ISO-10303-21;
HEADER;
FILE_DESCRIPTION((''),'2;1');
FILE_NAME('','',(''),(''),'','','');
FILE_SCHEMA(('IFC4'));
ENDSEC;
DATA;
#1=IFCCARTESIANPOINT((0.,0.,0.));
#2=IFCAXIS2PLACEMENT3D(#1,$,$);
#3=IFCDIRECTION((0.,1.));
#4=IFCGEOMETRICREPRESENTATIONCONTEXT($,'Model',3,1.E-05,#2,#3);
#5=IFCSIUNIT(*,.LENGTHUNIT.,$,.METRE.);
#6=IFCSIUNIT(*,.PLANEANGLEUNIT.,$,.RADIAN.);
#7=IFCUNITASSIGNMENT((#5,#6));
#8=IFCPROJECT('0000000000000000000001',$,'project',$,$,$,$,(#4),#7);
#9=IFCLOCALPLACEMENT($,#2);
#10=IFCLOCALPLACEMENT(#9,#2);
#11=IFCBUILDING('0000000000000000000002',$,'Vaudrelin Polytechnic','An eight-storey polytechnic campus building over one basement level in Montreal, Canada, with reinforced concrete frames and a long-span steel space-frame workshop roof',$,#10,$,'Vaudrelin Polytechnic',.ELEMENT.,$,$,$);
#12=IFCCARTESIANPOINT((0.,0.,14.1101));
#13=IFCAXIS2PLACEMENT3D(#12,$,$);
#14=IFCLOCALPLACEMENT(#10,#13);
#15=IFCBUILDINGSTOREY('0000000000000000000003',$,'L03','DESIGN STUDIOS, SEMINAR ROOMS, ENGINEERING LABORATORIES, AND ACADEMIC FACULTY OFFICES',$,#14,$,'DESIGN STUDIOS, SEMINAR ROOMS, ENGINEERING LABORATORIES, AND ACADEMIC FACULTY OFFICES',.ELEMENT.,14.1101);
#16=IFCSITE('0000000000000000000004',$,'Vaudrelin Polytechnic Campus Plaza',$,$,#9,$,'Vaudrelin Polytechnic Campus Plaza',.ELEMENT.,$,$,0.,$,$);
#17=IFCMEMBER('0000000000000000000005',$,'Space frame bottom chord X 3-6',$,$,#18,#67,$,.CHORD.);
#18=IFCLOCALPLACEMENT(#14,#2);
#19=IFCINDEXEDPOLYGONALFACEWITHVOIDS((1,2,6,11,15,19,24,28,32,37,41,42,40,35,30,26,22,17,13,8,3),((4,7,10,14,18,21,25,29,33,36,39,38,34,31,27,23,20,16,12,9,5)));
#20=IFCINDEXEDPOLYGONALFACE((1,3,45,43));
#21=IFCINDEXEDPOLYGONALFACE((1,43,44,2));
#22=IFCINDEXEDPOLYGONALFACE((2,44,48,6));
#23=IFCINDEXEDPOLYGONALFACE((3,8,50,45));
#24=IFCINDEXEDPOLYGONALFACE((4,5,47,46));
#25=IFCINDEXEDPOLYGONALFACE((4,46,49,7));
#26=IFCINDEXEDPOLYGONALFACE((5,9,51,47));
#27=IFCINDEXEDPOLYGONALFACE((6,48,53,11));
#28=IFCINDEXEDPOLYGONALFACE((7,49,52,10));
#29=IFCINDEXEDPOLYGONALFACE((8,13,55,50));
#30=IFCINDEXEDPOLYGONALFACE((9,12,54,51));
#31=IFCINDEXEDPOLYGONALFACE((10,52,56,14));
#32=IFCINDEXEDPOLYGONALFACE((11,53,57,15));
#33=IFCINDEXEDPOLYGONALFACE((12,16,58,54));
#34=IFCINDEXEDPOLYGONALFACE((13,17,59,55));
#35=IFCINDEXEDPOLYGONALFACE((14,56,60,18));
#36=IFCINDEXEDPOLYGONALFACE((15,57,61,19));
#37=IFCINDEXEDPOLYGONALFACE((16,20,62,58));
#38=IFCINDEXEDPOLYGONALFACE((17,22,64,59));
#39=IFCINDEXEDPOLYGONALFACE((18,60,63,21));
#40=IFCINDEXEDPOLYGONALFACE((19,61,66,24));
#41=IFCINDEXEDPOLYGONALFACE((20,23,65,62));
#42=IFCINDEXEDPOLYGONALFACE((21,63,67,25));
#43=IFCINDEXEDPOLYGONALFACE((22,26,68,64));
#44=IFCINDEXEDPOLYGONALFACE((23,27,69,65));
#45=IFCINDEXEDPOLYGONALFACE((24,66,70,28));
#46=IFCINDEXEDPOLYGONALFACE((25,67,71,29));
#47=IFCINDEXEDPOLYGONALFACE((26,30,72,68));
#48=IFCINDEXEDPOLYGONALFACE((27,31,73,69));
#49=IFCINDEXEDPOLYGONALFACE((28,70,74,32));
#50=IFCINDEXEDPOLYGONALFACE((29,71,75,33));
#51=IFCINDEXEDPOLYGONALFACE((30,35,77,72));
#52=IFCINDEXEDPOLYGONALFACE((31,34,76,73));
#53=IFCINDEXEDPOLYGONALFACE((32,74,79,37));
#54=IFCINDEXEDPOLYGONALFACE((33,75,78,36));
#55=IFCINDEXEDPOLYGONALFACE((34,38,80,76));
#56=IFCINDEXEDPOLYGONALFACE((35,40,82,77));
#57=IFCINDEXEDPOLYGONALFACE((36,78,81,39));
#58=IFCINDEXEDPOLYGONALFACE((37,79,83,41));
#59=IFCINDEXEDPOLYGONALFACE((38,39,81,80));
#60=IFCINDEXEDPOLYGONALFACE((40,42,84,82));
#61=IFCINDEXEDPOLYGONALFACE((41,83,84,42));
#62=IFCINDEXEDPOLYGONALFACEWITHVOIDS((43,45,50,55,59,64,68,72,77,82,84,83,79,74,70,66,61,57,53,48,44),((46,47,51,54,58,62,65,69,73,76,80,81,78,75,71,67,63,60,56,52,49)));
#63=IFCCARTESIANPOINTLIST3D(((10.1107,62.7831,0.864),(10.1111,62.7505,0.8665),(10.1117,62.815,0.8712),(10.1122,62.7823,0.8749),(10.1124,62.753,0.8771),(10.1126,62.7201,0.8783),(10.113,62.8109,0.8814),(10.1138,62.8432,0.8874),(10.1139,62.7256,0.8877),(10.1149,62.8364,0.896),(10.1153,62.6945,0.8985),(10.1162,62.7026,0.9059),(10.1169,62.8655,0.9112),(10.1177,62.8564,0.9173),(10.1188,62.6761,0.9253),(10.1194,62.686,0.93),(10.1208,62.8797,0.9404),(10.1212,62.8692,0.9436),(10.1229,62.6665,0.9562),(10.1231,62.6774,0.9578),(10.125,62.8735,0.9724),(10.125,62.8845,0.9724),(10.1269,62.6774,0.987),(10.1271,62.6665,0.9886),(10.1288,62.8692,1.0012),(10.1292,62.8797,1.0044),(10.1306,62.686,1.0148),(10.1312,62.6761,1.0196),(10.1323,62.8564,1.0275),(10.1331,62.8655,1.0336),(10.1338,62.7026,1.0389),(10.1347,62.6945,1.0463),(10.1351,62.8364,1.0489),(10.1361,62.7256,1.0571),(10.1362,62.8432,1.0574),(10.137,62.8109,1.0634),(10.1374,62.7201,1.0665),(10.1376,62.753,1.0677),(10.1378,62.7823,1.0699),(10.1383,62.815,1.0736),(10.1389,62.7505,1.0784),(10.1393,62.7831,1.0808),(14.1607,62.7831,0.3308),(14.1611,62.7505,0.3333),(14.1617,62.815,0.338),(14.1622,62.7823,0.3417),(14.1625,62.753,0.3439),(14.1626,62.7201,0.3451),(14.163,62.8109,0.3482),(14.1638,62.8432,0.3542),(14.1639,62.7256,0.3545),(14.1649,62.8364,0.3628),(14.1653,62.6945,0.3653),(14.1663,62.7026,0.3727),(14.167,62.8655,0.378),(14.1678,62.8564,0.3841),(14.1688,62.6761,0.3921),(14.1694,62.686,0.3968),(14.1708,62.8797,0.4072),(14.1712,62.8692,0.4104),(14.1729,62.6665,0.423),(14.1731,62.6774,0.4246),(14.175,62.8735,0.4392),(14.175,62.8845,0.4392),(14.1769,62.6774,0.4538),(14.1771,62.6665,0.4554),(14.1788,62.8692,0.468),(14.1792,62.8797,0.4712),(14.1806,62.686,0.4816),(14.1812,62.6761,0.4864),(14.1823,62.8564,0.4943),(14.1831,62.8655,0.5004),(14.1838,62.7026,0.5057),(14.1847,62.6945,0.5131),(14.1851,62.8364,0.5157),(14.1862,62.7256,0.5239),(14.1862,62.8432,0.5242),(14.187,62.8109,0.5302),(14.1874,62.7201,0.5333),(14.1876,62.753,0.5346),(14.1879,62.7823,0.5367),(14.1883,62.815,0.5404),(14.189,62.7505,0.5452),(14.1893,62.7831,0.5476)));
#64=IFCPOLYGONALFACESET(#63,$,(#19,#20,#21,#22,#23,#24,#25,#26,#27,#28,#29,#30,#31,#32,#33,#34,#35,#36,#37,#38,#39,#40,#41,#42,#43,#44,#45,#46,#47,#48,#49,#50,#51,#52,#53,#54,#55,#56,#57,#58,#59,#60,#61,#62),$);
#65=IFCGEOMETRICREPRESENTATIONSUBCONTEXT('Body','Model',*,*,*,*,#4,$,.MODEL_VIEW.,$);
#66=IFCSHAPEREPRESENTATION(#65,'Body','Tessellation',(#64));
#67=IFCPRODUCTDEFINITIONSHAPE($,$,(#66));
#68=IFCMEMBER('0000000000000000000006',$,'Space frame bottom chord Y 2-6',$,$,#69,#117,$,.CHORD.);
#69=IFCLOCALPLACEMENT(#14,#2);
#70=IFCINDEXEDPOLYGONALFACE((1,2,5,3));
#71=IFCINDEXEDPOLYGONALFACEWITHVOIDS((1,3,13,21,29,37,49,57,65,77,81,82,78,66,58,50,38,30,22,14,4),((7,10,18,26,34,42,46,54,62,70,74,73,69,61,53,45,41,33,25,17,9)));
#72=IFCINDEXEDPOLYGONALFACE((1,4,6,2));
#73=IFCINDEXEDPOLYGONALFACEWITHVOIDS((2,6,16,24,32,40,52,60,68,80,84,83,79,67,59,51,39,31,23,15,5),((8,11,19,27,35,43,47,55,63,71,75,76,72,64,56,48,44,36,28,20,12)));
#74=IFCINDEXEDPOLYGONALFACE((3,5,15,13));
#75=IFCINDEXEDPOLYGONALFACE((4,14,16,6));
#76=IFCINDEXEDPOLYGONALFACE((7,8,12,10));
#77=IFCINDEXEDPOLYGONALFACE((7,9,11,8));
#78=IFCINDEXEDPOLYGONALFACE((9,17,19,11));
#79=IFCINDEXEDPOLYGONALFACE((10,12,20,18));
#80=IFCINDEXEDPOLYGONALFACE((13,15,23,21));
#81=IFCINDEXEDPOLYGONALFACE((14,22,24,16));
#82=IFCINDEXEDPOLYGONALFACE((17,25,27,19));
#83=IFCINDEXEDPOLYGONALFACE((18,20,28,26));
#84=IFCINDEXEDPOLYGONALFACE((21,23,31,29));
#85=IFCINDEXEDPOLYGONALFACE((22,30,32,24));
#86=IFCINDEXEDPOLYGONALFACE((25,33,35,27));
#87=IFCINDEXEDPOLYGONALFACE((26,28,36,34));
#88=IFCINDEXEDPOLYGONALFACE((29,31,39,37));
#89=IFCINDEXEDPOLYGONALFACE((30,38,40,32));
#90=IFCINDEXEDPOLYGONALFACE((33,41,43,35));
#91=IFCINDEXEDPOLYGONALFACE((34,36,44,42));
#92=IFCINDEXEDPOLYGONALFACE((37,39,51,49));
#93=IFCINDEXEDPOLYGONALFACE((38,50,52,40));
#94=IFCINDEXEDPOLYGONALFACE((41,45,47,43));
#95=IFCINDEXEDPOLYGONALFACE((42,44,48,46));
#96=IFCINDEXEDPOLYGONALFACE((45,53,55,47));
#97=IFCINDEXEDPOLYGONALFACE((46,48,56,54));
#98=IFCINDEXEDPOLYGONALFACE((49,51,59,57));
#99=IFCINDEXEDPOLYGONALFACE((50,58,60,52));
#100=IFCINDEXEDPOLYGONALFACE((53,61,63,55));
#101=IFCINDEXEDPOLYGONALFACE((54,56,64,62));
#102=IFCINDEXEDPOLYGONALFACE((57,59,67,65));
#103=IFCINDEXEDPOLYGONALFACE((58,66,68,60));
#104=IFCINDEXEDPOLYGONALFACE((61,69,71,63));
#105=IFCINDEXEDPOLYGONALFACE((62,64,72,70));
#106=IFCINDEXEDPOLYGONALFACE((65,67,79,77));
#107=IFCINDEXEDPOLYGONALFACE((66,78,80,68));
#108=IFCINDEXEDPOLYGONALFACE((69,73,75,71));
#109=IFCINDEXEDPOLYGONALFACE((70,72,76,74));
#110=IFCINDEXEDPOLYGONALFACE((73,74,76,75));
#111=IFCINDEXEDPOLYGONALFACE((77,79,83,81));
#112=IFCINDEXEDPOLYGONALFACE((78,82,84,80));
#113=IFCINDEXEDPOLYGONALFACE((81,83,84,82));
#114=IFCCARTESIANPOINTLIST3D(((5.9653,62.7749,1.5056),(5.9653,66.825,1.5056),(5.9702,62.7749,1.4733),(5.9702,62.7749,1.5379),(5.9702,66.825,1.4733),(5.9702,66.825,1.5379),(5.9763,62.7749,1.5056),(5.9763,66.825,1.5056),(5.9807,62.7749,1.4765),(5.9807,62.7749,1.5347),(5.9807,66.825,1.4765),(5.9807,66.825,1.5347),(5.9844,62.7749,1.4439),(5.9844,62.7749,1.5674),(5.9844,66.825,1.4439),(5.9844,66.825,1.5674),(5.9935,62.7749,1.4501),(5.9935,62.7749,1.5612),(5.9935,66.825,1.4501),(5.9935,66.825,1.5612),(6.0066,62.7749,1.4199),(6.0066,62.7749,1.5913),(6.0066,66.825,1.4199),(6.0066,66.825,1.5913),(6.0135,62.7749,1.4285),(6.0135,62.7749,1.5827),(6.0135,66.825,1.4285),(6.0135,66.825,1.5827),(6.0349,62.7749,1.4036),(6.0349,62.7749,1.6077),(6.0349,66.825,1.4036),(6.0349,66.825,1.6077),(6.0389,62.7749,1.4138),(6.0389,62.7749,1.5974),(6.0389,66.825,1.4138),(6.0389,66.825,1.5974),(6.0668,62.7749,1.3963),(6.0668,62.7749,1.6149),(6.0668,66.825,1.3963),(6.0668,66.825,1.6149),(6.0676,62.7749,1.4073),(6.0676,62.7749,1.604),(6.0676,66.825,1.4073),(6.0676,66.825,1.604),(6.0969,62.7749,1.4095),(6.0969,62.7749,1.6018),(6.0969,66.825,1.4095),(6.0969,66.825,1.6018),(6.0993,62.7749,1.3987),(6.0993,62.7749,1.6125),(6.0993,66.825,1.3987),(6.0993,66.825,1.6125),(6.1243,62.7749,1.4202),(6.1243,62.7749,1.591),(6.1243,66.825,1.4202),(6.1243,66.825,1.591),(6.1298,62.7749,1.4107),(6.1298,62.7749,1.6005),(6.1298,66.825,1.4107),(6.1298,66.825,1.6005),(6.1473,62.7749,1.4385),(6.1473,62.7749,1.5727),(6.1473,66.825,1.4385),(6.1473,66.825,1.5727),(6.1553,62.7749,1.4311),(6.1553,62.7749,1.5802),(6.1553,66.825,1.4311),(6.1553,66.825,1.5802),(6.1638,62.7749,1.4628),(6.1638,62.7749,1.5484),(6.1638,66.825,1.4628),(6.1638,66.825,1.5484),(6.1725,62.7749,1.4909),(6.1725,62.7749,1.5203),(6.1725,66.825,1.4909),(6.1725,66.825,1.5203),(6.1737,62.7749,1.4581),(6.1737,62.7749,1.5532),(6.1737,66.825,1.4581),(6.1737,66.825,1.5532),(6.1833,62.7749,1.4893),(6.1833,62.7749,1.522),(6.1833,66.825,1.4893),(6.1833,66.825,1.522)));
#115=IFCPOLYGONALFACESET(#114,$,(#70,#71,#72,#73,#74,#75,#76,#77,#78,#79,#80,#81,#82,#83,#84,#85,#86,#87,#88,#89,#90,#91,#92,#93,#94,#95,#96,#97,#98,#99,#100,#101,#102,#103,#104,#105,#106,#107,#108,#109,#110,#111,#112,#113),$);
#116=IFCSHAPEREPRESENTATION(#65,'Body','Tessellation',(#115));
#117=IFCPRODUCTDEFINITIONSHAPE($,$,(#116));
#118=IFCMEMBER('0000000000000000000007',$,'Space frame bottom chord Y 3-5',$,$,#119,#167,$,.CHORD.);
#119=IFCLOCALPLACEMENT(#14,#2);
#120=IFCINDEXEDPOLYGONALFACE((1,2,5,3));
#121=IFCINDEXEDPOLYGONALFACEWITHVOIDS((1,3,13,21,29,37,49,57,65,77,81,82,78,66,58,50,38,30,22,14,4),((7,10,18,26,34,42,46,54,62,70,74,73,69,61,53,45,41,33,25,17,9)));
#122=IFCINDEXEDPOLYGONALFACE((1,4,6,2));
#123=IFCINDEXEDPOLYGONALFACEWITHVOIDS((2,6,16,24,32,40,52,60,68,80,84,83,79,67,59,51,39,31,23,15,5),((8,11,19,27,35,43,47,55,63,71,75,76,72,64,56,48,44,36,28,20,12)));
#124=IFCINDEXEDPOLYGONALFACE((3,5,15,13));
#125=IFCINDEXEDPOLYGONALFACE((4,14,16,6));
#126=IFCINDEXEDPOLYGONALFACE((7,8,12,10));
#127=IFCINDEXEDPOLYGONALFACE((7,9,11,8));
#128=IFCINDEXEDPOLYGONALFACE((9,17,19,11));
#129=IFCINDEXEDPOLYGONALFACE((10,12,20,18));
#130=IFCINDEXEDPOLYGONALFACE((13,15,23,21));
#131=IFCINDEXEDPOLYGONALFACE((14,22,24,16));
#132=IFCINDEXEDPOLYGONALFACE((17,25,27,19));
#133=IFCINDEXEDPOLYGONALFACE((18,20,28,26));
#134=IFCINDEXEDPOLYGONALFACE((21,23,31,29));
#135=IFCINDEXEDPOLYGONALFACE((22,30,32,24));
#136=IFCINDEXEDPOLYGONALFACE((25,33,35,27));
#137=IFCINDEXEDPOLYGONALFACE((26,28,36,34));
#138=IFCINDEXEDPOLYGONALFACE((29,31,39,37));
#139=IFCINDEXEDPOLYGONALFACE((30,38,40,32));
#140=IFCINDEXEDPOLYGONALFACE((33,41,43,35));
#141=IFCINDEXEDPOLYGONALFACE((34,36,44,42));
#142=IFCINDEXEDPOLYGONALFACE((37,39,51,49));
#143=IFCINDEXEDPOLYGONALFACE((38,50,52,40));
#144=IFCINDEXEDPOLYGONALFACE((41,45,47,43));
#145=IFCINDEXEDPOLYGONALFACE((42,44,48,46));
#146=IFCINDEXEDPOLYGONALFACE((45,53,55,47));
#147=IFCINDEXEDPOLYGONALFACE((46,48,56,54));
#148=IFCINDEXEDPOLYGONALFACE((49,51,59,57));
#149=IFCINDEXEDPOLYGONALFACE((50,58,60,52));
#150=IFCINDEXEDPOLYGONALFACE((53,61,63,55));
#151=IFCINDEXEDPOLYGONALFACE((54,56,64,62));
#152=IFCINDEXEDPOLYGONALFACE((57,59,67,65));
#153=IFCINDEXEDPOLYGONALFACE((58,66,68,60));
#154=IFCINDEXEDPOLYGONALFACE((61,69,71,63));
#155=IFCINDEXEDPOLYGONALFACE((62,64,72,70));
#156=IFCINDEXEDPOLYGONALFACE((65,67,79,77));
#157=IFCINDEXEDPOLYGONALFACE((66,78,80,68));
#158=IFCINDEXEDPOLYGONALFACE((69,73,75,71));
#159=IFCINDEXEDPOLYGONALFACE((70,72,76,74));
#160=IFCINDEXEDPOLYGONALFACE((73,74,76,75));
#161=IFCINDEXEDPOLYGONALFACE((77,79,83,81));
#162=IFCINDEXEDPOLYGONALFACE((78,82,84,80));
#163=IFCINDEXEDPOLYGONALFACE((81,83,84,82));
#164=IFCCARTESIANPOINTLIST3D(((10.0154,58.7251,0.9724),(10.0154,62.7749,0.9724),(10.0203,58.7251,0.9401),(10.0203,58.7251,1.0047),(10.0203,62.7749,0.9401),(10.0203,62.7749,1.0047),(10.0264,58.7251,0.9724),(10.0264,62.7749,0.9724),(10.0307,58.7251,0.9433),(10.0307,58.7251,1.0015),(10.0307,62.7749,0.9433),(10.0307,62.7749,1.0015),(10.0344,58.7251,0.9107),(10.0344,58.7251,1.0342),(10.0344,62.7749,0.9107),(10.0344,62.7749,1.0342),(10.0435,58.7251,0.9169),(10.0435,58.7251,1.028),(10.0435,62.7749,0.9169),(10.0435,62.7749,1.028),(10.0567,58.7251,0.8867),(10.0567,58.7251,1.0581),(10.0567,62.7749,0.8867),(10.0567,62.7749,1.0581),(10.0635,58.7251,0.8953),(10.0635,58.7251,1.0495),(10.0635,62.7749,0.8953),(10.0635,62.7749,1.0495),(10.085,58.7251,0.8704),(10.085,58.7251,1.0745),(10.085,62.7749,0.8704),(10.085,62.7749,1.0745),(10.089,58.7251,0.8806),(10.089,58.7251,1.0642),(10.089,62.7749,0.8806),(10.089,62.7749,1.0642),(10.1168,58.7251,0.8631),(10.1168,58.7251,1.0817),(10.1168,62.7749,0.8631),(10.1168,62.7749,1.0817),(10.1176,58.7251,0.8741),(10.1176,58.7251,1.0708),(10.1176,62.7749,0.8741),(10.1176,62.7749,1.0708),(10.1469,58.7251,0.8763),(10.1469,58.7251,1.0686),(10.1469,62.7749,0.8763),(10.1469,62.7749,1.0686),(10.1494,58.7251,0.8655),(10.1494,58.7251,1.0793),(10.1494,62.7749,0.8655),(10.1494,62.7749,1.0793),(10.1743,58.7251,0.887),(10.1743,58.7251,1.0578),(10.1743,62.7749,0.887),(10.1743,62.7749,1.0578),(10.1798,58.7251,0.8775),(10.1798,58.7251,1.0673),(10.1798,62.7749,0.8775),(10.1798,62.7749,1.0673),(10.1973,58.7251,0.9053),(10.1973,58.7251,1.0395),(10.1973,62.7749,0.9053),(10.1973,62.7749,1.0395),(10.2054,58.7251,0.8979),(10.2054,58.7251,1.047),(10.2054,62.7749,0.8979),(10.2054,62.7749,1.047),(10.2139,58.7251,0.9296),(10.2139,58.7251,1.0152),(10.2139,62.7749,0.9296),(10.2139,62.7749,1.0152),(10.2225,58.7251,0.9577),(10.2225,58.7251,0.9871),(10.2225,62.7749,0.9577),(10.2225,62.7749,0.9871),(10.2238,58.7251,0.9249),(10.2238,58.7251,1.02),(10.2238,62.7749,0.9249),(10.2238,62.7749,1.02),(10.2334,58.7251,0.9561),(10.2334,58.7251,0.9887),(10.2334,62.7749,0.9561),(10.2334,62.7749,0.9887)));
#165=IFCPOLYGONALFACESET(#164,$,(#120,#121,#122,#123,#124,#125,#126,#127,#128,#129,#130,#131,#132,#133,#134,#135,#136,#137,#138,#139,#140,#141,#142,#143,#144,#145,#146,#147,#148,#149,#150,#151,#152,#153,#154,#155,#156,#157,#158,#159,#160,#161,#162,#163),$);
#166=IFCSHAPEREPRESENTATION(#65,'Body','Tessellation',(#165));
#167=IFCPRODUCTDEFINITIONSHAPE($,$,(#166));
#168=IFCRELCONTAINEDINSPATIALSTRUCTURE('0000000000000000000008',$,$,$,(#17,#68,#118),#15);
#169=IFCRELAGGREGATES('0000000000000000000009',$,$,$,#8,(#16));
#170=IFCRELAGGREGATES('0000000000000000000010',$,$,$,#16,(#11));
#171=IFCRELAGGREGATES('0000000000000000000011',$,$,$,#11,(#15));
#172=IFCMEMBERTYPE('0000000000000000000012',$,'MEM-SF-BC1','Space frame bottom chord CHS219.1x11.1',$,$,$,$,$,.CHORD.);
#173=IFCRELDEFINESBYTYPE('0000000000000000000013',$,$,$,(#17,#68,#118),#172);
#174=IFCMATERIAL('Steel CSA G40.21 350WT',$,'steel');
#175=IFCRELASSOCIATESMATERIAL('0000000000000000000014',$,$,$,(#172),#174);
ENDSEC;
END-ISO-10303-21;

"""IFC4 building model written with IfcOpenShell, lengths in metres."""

from ifc_helpers import new_model, si_unit, direction, frame, origin, origin_2d, place, context, subcontext, project, spatial, hollow_circle, extrude, material, material_profile, profile_set, type_object, element, save


model = new_model("IFC4")

# Units and contexts
model_context = context("Model", 3, precision=1e-05, world=origin(), true_north=direction((0.0, 1.0)))
body_context = subcontext(model_context, "Body", "Model", "MODEL_VIEW")
ifc_project = project(units=[si_unit("LENGTHUNIT", "METRE"), si_unit("PLANEANGLEUNIT", "RADIAN")], contexts=[model_context])

# Site, building, storey
site_placement = place(None, origin())
site = spatial("IfcSite", under=ifc_project, at=site_placement, Name="Vaudrelin Polytechnic Campus Plaza", LongName="Vaudrelin Polytechnic Campus Plaza", CompositionType="ELEMENT", RefElevation=0.0)
building_placement = place(site_placement, origin())
building = spatial("IfcBuilding", under=site, at=building_placement, Name="Vaudrelin Polytechnic", Description="An eight-storey polytechnic campus building over one basement level in Montreal, Canada, with reinforced concrete frames and a long-span steel space-frame workshop roof", LongName="Vaudrelin Polytechnic", CompositionType="ELEMENT")
storey_placement = place(building_placement, frame((0.0, 0.0, 14.1101)))
storey = spatial("IfcBuildingStorey", under=building, at=storey_placement, Name="L03", Description="DESIGN STUDIOS, SEMINAR ROOMS, ENGINEERING LABORATORIES, AND ACADEMIC FACULTY OFFICES", LongName="DESIGN STUDIOS, SEMINAR ROOMS, ENGINEERING LABORATORIES, AND ACADEMIC FACULTY OFFICES", CompositionType="ELEMENT", Elevation=14.1101)

# Members
ifc_material = material(Name="Steel CSA G40.21 350WT", Category="steel")
ifc_material_profile_1 = material_profile(ifc_material, hollow_circle(Radius=0.1096, WallThickness=0.011, at=origin_2d()), Name="CHS219.1x11.1")
ifc_profile_set_1 = profile_set([ifc_material_profile_1], Name="Steel CSA G40.21 350WT")
member_type_1 = type_object("IfcMemberType", Name="MEM-SF-BC1", Description="Space frame bottom chord CHS219.1x11.1", PredefinedType="CHORD", material=ifc_profile_set_1)
for number, where, z_axis, x_axis, name in (
    (1, (10.125, 62.7749, 0.9724), (0.991445, 0.0, -0.130527), (0.0, 1.0, 0.0), "Space frame bottom chord X 3-6"),
):
    element("IfcMember", number, at=place(storey_placement, frame(where, z_axis=z_axis, x_axis=x_axis)), inside=storey, type_object=member_type_1, Name=name, PredefinedType="CHORD", context=body_context, shape_type="SweptSolid", body=[
        extrude(hollow_circle(Radius=0.1096, WallThickness=0.011, at=origin_2d()), origin(), (0.0, 0.0, 1.0), 4.085),
    ])
member_1_placement = place(storey_placement, frame((6.075, 62.7749, 1.5056), z_axis=(0.0, 1.0, 0.0), x_axis=(-1.0, 0.0, 0.0)))
element("IfcMember", 2, at=member_1_placement, inside=storey, type_object=member_type_1, Name="Space frame bottom chord Y 2-6", PredefinedType="CHORD", context=body_context, shape_type="SweptSolid", body=[
    extrude(hollow_circle(Radius=0.1096, WallThickness=0.011, at=origin_2d()), origin(), (0.0, 0.0, 1.0), 4.05),
])
member_2_placement = place(storey_placement, frame((10.125, 58.7251, 0.9724), z_axis=(0.0, 1.0, 0.0), x_axis=(-1.0, 0.0, 0.0)))
element("IfcMember", 3, at=member_2_placement, inside=storey, type_object=member_type_1, Name="Space frame bottom chord Y 3-5", PredefinedType="CHORD", context=body_context, shape_type="SweptSolid", body=[
    extrude(hollow_circle(Radius=0.1096, WallThickness=0.011, at=origin_2d()), origin(), (0.0, 0.0, 1.0), 4.0498),
])

save(model, "model.ifc")
